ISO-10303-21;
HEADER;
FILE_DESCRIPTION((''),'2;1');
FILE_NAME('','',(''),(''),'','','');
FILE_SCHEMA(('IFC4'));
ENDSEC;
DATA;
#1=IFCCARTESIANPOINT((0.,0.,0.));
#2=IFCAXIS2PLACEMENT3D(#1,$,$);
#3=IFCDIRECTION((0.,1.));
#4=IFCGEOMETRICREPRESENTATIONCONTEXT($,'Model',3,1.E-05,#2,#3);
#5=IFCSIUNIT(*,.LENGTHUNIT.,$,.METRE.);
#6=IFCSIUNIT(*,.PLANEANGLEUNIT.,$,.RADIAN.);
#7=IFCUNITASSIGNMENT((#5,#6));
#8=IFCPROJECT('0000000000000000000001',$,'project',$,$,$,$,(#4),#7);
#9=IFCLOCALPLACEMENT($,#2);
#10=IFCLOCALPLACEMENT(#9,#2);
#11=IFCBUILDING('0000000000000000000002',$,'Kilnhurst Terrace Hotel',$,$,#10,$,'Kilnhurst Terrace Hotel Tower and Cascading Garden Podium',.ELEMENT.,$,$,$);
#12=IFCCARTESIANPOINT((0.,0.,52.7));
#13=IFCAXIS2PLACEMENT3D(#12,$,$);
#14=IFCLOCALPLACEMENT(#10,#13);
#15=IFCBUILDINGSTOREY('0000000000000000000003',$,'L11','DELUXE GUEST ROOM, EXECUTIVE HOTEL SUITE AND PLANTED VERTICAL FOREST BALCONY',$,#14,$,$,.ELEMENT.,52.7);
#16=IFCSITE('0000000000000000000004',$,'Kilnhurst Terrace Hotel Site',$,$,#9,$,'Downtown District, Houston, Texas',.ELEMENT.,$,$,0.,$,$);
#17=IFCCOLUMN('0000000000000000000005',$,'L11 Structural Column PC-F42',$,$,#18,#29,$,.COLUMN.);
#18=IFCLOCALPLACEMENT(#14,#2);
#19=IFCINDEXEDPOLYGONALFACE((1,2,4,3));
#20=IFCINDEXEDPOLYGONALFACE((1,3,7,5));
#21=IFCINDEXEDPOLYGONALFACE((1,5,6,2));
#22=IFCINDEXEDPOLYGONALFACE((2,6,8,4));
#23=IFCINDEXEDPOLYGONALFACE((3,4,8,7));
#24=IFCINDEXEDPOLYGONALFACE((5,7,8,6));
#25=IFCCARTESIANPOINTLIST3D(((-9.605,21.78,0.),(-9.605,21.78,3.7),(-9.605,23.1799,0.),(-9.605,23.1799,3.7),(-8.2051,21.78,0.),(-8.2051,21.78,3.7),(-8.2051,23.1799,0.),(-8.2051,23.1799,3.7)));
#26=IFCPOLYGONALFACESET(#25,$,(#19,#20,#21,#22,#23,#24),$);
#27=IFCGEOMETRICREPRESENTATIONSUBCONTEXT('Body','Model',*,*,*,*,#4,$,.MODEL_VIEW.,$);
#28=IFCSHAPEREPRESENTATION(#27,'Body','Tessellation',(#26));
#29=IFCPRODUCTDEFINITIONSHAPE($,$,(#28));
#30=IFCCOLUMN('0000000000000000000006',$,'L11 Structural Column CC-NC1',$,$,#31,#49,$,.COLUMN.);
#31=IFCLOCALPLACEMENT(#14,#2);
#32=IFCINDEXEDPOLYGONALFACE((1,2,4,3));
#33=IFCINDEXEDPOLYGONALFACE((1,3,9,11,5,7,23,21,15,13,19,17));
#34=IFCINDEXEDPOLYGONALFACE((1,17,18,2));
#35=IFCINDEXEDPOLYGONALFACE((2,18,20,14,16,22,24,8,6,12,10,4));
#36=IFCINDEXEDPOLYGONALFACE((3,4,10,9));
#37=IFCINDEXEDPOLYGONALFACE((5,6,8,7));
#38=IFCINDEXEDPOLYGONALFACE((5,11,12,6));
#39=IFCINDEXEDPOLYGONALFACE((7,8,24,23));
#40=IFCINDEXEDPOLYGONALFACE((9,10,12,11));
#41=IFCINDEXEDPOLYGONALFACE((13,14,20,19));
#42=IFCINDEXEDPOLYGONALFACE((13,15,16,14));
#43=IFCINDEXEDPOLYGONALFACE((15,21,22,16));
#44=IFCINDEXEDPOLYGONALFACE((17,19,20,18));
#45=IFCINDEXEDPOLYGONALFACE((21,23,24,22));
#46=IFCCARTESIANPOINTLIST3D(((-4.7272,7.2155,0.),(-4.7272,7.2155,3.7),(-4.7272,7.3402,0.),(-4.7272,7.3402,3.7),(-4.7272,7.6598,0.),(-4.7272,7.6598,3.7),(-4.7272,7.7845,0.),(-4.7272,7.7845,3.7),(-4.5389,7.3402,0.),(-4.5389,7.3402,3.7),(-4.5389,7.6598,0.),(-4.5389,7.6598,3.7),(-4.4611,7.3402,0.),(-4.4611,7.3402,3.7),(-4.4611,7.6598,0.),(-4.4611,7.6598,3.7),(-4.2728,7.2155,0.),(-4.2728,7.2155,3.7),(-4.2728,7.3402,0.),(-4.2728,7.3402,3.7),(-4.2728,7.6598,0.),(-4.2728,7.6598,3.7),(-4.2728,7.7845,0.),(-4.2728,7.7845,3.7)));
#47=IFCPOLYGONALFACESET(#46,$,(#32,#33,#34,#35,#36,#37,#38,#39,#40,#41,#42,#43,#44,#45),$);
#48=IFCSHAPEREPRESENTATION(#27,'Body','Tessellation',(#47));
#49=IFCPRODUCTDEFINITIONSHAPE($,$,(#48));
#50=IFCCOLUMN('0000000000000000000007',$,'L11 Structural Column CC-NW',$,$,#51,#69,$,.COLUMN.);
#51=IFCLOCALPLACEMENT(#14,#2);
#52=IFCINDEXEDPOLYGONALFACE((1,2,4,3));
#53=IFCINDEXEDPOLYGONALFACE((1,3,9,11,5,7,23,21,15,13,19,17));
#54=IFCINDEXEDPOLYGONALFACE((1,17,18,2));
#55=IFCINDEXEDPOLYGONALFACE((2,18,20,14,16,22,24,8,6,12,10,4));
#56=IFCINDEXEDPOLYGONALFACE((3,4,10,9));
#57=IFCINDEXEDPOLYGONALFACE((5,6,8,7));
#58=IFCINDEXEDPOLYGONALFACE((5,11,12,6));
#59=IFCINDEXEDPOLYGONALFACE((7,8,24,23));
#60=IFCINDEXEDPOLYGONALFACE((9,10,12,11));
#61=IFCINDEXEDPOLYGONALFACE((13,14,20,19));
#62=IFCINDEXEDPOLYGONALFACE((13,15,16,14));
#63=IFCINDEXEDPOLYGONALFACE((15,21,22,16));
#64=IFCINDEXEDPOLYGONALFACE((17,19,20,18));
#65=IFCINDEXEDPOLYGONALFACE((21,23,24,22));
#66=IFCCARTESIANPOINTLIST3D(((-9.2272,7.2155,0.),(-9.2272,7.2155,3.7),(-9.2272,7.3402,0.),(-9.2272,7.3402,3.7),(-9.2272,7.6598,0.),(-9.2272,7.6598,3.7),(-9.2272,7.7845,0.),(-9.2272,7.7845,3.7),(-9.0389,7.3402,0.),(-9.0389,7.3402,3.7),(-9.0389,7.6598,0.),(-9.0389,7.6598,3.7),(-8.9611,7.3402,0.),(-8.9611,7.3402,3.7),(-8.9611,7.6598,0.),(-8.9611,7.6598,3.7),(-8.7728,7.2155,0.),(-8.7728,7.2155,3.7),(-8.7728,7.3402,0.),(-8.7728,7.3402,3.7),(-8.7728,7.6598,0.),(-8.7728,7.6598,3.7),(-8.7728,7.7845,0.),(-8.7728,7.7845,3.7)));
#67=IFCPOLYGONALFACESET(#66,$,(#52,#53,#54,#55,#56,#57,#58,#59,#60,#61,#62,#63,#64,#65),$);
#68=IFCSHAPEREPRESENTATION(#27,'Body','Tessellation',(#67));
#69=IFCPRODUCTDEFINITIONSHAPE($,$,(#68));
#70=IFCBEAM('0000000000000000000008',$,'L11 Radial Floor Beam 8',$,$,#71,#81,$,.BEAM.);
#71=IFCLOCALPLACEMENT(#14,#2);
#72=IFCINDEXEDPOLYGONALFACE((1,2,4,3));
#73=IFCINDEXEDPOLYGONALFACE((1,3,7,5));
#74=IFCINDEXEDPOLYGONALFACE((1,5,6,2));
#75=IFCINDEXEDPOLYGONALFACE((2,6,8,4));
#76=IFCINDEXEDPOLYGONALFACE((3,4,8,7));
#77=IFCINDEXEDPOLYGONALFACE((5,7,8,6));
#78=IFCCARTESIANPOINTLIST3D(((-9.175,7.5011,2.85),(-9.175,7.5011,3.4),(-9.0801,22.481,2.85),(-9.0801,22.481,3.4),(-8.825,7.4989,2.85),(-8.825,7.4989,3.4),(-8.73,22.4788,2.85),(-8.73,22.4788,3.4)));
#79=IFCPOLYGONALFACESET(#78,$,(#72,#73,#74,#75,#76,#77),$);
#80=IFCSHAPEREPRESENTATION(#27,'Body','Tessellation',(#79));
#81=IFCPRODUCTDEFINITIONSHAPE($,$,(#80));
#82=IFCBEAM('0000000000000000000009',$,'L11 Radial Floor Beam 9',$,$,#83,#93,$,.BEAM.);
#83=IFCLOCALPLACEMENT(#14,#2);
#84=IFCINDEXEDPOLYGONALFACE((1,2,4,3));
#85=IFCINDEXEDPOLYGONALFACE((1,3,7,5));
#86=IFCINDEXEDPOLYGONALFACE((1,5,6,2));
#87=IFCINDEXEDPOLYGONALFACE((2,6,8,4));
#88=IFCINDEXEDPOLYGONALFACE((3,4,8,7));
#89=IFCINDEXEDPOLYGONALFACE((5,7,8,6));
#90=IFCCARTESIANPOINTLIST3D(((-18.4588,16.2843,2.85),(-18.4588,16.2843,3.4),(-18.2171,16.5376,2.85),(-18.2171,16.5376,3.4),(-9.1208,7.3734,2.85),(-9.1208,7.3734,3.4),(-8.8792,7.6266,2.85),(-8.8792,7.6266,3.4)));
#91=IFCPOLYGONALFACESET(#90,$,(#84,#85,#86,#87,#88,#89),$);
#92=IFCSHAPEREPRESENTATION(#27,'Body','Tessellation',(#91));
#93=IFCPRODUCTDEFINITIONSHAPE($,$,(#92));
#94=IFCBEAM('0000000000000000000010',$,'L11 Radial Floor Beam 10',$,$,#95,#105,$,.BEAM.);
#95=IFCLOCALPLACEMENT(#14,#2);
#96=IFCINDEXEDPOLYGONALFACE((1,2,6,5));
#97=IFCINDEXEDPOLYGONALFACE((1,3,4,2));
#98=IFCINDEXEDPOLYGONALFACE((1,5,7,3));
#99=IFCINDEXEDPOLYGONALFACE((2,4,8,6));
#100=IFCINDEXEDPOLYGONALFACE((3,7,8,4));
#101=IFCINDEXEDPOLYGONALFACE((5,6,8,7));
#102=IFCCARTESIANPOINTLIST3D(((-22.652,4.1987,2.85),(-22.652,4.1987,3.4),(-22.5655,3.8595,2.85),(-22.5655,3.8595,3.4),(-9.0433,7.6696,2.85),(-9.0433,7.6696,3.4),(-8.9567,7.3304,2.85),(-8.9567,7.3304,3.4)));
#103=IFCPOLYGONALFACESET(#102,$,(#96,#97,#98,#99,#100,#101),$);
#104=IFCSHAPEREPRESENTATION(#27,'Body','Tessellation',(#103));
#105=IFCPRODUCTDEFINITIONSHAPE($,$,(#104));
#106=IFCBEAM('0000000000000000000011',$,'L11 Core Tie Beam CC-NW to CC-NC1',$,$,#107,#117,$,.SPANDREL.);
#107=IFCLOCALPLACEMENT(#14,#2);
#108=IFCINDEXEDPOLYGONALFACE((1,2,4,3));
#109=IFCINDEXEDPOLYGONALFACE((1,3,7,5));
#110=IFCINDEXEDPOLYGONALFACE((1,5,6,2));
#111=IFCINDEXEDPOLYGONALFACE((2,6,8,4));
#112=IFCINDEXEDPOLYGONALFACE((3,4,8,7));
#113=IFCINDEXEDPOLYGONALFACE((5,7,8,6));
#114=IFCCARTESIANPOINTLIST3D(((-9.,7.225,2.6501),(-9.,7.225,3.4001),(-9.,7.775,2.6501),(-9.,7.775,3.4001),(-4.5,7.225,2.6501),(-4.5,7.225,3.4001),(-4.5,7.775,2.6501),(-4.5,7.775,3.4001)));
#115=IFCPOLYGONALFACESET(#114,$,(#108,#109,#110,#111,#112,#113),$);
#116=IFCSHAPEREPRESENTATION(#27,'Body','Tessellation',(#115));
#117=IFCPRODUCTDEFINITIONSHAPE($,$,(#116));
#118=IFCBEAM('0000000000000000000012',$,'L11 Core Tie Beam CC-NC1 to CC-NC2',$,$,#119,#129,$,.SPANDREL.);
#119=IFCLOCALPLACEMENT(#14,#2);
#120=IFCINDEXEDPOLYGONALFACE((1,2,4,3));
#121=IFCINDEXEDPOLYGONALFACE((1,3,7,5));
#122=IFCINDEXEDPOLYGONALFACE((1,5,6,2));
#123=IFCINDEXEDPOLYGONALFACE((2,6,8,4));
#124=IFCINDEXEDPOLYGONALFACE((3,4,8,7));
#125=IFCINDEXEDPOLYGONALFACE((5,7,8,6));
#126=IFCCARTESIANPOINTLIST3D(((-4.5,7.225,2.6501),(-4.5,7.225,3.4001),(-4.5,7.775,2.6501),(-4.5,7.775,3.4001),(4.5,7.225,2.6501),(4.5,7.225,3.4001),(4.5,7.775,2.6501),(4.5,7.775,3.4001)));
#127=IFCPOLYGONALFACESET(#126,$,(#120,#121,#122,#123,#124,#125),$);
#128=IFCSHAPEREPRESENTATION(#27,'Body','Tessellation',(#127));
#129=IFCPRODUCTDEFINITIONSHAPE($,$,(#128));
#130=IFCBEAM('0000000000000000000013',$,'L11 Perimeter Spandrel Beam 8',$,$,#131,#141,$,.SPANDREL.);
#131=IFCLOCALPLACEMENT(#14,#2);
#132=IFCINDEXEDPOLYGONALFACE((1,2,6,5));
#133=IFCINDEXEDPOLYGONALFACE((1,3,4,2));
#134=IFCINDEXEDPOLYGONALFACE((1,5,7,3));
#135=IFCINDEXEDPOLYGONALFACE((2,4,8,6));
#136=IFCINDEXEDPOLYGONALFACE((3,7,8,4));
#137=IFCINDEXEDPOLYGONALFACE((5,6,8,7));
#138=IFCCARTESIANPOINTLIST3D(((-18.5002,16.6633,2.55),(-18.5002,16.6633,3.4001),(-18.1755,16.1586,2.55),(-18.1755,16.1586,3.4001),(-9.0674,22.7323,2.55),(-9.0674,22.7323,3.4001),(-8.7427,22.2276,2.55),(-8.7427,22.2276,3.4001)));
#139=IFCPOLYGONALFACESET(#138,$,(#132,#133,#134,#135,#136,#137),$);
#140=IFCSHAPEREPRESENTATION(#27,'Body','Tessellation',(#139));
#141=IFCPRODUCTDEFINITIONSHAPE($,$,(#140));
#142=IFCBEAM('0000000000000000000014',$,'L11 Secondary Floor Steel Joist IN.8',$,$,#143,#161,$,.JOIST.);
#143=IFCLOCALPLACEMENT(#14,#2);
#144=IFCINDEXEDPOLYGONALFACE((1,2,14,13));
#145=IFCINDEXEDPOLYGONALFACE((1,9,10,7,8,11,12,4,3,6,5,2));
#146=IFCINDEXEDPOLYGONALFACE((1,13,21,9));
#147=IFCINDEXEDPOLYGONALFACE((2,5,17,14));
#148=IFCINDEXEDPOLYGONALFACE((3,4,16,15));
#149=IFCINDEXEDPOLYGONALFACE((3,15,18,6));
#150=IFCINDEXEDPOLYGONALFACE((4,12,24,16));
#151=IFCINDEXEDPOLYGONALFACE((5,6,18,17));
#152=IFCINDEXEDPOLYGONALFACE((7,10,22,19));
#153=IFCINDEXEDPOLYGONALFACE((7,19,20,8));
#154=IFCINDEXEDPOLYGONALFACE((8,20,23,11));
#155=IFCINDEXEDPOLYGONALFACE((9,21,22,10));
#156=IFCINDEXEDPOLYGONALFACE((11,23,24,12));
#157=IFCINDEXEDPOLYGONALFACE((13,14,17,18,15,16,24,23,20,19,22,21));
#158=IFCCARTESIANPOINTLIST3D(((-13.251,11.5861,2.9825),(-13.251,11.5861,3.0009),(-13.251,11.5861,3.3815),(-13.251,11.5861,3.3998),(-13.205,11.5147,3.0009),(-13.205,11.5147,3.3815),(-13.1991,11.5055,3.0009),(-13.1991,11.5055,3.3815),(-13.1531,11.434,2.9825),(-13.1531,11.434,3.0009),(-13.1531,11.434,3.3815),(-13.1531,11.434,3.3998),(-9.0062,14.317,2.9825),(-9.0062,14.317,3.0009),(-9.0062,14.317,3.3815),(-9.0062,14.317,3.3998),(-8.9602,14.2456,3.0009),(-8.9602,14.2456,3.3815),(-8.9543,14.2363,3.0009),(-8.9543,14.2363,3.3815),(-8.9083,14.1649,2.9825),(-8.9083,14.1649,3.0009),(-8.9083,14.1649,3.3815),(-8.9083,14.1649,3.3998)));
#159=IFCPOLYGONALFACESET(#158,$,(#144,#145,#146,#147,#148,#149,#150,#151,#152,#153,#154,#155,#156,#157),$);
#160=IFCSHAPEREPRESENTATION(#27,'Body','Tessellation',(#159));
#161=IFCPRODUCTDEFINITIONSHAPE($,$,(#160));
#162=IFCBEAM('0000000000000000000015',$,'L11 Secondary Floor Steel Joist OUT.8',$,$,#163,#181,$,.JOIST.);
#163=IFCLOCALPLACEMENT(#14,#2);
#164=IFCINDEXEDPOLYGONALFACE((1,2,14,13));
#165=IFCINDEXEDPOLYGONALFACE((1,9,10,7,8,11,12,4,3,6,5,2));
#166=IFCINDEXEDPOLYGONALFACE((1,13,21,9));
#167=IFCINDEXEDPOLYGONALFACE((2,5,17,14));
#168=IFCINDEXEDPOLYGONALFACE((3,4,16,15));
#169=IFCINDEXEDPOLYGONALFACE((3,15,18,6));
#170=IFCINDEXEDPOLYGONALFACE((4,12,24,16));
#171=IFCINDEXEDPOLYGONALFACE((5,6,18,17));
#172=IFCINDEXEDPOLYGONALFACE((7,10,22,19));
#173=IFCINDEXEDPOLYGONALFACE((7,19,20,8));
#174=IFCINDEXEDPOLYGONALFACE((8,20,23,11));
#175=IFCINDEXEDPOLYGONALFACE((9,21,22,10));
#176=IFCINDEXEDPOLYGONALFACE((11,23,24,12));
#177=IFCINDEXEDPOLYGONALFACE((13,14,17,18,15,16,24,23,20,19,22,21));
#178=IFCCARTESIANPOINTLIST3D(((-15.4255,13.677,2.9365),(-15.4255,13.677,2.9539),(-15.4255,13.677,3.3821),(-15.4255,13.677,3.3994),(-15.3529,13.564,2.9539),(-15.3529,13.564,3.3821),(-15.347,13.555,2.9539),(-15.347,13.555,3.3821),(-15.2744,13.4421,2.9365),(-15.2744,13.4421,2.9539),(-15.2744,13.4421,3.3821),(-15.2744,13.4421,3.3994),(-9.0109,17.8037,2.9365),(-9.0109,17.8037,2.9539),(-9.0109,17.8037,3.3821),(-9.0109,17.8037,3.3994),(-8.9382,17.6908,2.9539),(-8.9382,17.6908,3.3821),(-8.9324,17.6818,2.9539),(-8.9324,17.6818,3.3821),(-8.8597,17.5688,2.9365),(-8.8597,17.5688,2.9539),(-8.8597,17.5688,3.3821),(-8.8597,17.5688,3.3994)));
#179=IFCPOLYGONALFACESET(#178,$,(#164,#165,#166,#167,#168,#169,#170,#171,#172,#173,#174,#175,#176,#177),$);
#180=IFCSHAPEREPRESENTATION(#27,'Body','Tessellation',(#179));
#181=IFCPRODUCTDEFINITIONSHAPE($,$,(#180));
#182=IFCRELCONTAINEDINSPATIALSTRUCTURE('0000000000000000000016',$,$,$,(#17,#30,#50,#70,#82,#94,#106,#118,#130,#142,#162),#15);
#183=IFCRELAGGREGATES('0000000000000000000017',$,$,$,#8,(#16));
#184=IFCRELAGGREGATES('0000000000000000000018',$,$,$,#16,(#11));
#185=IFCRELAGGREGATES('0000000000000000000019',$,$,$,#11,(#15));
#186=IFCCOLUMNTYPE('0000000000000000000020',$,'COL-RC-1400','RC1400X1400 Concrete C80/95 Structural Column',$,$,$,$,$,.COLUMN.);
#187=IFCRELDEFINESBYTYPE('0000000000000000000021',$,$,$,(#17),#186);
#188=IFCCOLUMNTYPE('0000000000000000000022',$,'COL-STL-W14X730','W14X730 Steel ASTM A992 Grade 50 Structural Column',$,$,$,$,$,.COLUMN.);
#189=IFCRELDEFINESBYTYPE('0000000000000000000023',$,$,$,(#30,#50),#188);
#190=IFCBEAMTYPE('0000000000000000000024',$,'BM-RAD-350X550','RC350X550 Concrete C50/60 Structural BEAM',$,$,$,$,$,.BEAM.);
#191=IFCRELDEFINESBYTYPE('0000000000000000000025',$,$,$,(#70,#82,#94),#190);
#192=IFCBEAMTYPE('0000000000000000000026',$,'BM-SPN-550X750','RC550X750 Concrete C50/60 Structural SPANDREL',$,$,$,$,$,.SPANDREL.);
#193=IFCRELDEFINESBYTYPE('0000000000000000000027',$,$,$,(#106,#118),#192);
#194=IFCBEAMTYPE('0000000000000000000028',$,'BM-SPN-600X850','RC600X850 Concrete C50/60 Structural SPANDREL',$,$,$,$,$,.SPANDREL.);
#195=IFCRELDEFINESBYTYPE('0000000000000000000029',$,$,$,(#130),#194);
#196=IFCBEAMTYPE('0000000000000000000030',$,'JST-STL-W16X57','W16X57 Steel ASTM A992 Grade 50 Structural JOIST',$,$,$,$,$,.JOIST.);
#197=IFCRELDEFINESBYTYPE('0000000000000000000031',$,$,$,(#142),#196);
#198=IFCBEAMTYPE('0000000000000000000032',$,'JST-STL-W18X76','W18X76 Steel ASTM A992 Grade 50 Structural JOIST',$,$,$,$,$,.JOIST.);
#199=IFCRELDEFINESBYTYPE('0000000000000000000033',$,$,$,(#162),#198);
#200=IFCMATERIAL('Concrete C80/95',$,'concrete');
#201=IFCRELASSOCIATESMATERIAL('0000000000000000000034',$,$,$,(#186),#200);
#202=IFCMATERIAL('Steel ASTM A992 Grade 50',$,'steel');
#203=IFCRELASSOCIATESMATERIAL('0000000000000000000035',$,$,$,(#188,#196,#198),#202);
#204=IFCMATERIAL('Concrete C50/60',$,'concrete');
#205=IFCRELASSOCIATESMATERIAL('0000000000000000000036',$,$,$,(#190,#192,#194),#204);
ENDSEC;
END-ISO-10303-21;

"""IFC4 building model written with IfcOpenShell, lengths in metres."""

from ifc_helpers import new_model, si_unit, direction, frame, origin, origin_2d, place, context, subcontext, project, spatial, rectangle, i_section, extrude, material, material_profile, profile_set, type_object, element, save


model = new_model("IFC4")

# Units and contexts
model_context = context("Model", 3, precision=1e-05, world=origin(), true_north=direction((0.0, 1.0)))
body_context = subcontext(model_context, "Body", "Model", "MODEL_VIEW")
ifc_project = project(units=[si_unit("LENGTHUNIT", "METRE"), si_unit("PLANEANGLEUNIT", "RADIAN")], contexts=[model_context])

# Site, building, storey
site_placement = place(None, origin())
site = spatial("IfcSite", under=ifc_project, at=site_placement, Name="Kilnhurst Terrace Hotel Site", LongName="Downtown District, Houston, Texas", CompositionType="ELEMENT", RefElevation=0.0)
building_placement = place(site_placement, origin())
building = spatial("IfcBuilding", under=site, at=building_placement, Name="Kilnhurst Terrace Hotel", LongName="Kilnhurst Terrace Hotel Tower and Cascading Garden Podium", CompositionType="ELEMENT")
storey_placement = place(building_placement, frame((0.0, 0.0, 52.7)))
storey = spatial("IfcBuildingStorey", under=building, at=storey_placement, Name="L11", Description="DELUXE GUEST ROOM, EXECUTIVE HOTEL SUITE AND PLANTED VERTICAL FOREST BALCONY", CompositionType="ELEMENT", Elevation=52.7)

# Columns
ifc_material_1 = material(Name="Concrete C80/95", Category="concrete")
ifc_material_profile_1 = material_profile(ifc_material_1, rectangle(XDim=1.3999, YDim=1.3999, at=origin_2d()), Name="RC1400X1400")
ifc_profile_set_1 = profile_set([ifc_material_profile_1], Name="Concrete C80/95")
column_type_1 = type_object("IfcColumnType", Name="COL-RC-1400", Description="RC1400X1400 Concrete C80/95 Structural Column", PredefinedType="COLUMN", material=ifc_profile_set_1)
column_placement = place(storey_placement, frame((-8.905, 22.48, 0.0), z_axis=(0.0, 0.0, 1.0), x_axis=(1.0, 0.0, 0.0)))
element("IfcColumn", 1, at=column_placement, inside=storey, type_object=column_type_1, Name="L11 Structural Column PC-F42", PredefinedType="COLUMN", context=body_context, shape_type="SweptSolid", body=[
    extrude(rectangle(XDim=1.3999, YDim=1.3999, at=origin_2d()), origin(), (0.0, 0.0, 1.0), 3.7),
])
ifc_material_2 = material(Name="Steel ASTM A992 Grade 50", Category="steel")
ifc_material_profile_2 = material_profile(ifc_material_2, i_section(OverallWidth=0.4543, OverallDepth=0.5691, WebThickness=0.0779, FlangeThickness=0.1248, at=origin_2d()), Name="W14X730")
ifc_profile_set_2 = profile_set([ifc_material_profile_2], Name="Steel ASTM A992 Grade 50")
column_type_2 = type_object("IfcColumnType", Name="COL-STL-W14X730", Description="W14X730 Steel ASTM A992 Grade 50 Structural Column", PredefinedType="COLUMN", material=ifc_profile_set_2)
for number, where, z_axis, x_axis, name in (
    (2, (-4.5, 7.5, 0.0), (0.0, 0.0, 1.0), (1.0, 0.0, 0.0), "L11 Structural Column CC-NC1"),
    (3, (-9.0, 7.5, 0.0), (0.0, 0.0, 1.0), (1.0, 0.0, 0.0), "L11 Structural Column CC-NW"),
):
    element("IfcColumn", number, at=place(storey_placement, frame(where, z_axis=z_axis, x_axis=x_axis)), inside=storey, type_object=column_type_2, Name=name, PredefinedType="COLUMN", context=body_context, shape_type="SweptSolid", body=[
        extrude(i_section(OverallWidth=0.4543, OverallDepth=0.5691, WebThickness=0.0779, FlangeThickness=0.1248, at=origin_2d()), origin(), (0.0, 0.0, 1.0), 3.7),
    ])

# Beams
ifc_material_3 = material(Name="Concrete C50/60", Category="concrete")
ifc_material_profile_3 = material_profile(ifc_material_3, rectangle(XDim=0.3501, YDim=0.55, at=origin_2d()), Name="RC350X550")
ifc_profile_set_3 = profile_set([ifc_material_profile_3], Name="Concrete C50/60")
beam_type_1 = type_object("IfcBeamType", Name="BM-RAD-350X550", Description="RC350X550 Concrete C50/60 Structural BEAM", PredefinedType="BEAM", material=ifc_profile_set_3)
beam_1_placement = place(storey_placement, frame((-9.0, 7.5, 3.125), z_axis=(0.00634, 0.99998, 0.0), x_axis=(-0.99998, 0.00634, 0.0)))
element("IfcBeam", 4, at=beam_1_placement, inside=storey, type_object=beam_type_1, Name="L11 Radial Floor Beam 8", PredefinedType="BEAM", context=body_context, shape_type="SweptSolid", body=[
    extrude(rectangle(XDim=0.3501, YDim=0.55, at=origin_2d()), origin(), (0.0, 0.0, 1.0), 14.9802),
])
beam_2_placement = place(storey_placement, frame((-9.0, 7.5, 3.125), z_axis=(-0.723454, 0.690372, 0.0), x_axis=(-0.690372, -0.723454, 0.0)))
element("IfcBeam", 5, at=beam_2_placement, inside=storey, type_object=beam_type_1, Name="L11 Radial Floor Beam 9", PredefinedType="BEAM", context=body_context, shape_type="SweptSolid", body=[
    extrude(rectangle(XDim=0.3501, YDim=0.55, at=origin_2d()), origin(), (0.0, 0.0, 1.0), 12.9075),
])
beam_3_placement = place(storey_placement, frame((-9.0, 7.5, 3.125), z_axis=(-0.96898, -0.247138, 0.0), x_axis=(0.247138, -0.96898, 0.0)))
element("IfcBeam", 6, at=beam_3_placement, inside=storey, type_object=beam_type_1, Name="L11 Radial Floor Beam 10", PredefinedType="BEAM", context=body_context, shape_type="SweptSolid", body=[
    extrude(rectangle(XDim=0.3501, YDim=0.55, at=origin_2d()), origin(), (0.0, 0.0, 1.0), 14.0444),
])
ifc_material_profile_4 = material_profile(ifc_material_3, rectangle(XDim=0.55, YDim=0.75, at=origin_2d()), Name="RC550X750")
ifc_profile_set_4 = profile_set([ifc_material_profile_4], Name="Concrete C50/60")
beam_type_2 = type_object("IfcBeamType", Name="BM-SPN-550X750", Description="RC550X750 Concrete C50/60 Structural SPANDREL", PredefinedType="SPANDREL", material=ifc_profile_set_4)
beam_4_placement = place(storey_placement, frame((-9.0, 7.5, 3.0251), z_axis=(1.0, 0.0, 0.0), x_axis=(0.0, 1.0, 0.0)))
element("IfcBeam", 7, at=beam_4_placement, inside=storey, type_object=beam_type_2, Name="L11 Core Tie Beam CC-NW to CC-NC1", PredefinedType="SPANDREL", context=body_context, shape_type="SweptSolid", body=[
    extrude(rectangle(XDim=0.55, YDim=0.75, at=origin_2d()), origin(), (0.0, 0.0, 1.0), 4.5),
])
beam_5_placement = place(storey_placement, frame((-4.5, 7.5, 3.0251), z_axis=(1.0, 0.0, 0.0), x_axis=(0.0, 1.0, 0.0)))
element("IfcBeam", 8, at=beam_5_placement, inside=storey, type_object=beam_type_2, Name="L11 Core Tie Beam CC-NC1 to CC-NC2", PredefinedType="SPANDREL", context=body_context, shape_type="SweptSolid", body=[
    extrude(rectangle(XDim=0.55, YDim=0.75, at=origin_2d()), origin(), (0.0, 0.0, 1.0), 9.0),
])
ifc_material_profile_5 = material_profile(ifc_material_3, rectangle(XDim=0.6001, YDim=0.8501, at=origin_2d()), Name="RC600X850")
ifc_profile_set_5 = profile_set([ifc_material_profile_5], Name="Concrete C50/60")
beam_type_3 = type_object("IfcBeamType", Name="BM-SPN-600X850", Description="RC600X850 Concrete C50/60 Structural SPANDREL", PredefinedType="SPANDREL", material=ifc_profile_set_5)
beam_6_placement = place(storey_placement, frame((-8.905, 22.48, 2.9751), z_axis=(-0.840971, -0.54108, 0.0), x_axis=(0.54108, -0.840971, 0.0)))
element("IfcBeam", 9, at=beam_6_placement, inside=storey, type_object=beam_type_3, Name="L11 Perimeter Spandrel Beam 8", PredefinedType="SPANDREL", context=body_context, shape_type="SweptSolid", body=[
    extrude(rectangle(XDim=0.6001, YDim=0.8501, at=origin_2d()), origin(), (0.0, 0.0, 1.0), 11.2166),
])
ifc_material_profile_6 = material_profile(ifc_material_2, i_section(OverallWidth=0.1809, OverallDepth=0.4172, WebThickness=0.011, FlangeThickness=0.0183, at=origin_2d()), Name="W16X57")
ifc_profile_set_6 = profile_set([ifc_material_profile_6], Name="Steel ASTM A992 Grade 50")
beam_type_4 = type_object("IfcBeamType", Name="JST-STL-W16X57", Description="W16X57 Steel ASTM A992 Grade 50 Structural JOIST", PredefinedType="JOIST", material=ifc_profile_set_6)
beam_7_placement = place(storey_placement, frame((-8.9573, 14.241, 3.1912), z_axis=(-0.840988, -0.541053, 0.0), x_axis=(0.541053, -0.840988, 0.0)))
element("IfcBeam", 10, at=beam_7_placement, inside=storey, type_object=beam_type_4, Name="L11 Secondary Floor Steel Joist IN.8", PredefinedType="JOIST", context=body_context, shape_type="SweptSolid", body=[
    extrude(i_section(OverallWidth=0.1809, OverallDepth=0.4172, WebThickness=0.011, FlangeThickness=0.0183, at=origin_2d()), origin(), (0.0, 0.0, 1.0), 5.0474),
])
ifc_material_profile_7 = material_profile(ifc_material_2, i_section(OverallWidth=0.2793, OverallDepth=0.4629, WebThickness=0.0107, FlangeThickness=0.0173, at=origin_2d()), Name="W18X76")
ifc_profile_set_7 = profile_set([ifc_material_profile_7], Name="Steel ASTM A992 Grade 50")
beam_type_5 = type_object("IfcBeamType", Name="JST-STL-W18X76", Description="W18X76 Steel ASTM A992 Grade 50 Structural JOIST", PredefinedType="JOIST", material=ifc_profile_set_7)
beam_8_placement = place(storey_placement, frame((-8.9353, 17.6863, 3.168), z_axis=(-0.840995, -0.541042, 0.0), x_axis=(0.541042, -0.840995, 0.0)))
element("IfcBeam", 11, at=beam_8_placement, inside=storey, type_object=beam_type_5, Name="L11 Secondary Floor Steel Joist OUT.8", PredefinedType="JOIST", context=body_context, shape_type="SweptSolid", body=[
    extrude(i_section(OverallWidth=0.2793, OverallDepth=0.4629, WebThickness=0.0107, FlangeThickness=0.0173, at=origin_2d()), origin(), (0.0, 0.0, 1.0), 7.6274),
])

save(model, "model.ifc")
